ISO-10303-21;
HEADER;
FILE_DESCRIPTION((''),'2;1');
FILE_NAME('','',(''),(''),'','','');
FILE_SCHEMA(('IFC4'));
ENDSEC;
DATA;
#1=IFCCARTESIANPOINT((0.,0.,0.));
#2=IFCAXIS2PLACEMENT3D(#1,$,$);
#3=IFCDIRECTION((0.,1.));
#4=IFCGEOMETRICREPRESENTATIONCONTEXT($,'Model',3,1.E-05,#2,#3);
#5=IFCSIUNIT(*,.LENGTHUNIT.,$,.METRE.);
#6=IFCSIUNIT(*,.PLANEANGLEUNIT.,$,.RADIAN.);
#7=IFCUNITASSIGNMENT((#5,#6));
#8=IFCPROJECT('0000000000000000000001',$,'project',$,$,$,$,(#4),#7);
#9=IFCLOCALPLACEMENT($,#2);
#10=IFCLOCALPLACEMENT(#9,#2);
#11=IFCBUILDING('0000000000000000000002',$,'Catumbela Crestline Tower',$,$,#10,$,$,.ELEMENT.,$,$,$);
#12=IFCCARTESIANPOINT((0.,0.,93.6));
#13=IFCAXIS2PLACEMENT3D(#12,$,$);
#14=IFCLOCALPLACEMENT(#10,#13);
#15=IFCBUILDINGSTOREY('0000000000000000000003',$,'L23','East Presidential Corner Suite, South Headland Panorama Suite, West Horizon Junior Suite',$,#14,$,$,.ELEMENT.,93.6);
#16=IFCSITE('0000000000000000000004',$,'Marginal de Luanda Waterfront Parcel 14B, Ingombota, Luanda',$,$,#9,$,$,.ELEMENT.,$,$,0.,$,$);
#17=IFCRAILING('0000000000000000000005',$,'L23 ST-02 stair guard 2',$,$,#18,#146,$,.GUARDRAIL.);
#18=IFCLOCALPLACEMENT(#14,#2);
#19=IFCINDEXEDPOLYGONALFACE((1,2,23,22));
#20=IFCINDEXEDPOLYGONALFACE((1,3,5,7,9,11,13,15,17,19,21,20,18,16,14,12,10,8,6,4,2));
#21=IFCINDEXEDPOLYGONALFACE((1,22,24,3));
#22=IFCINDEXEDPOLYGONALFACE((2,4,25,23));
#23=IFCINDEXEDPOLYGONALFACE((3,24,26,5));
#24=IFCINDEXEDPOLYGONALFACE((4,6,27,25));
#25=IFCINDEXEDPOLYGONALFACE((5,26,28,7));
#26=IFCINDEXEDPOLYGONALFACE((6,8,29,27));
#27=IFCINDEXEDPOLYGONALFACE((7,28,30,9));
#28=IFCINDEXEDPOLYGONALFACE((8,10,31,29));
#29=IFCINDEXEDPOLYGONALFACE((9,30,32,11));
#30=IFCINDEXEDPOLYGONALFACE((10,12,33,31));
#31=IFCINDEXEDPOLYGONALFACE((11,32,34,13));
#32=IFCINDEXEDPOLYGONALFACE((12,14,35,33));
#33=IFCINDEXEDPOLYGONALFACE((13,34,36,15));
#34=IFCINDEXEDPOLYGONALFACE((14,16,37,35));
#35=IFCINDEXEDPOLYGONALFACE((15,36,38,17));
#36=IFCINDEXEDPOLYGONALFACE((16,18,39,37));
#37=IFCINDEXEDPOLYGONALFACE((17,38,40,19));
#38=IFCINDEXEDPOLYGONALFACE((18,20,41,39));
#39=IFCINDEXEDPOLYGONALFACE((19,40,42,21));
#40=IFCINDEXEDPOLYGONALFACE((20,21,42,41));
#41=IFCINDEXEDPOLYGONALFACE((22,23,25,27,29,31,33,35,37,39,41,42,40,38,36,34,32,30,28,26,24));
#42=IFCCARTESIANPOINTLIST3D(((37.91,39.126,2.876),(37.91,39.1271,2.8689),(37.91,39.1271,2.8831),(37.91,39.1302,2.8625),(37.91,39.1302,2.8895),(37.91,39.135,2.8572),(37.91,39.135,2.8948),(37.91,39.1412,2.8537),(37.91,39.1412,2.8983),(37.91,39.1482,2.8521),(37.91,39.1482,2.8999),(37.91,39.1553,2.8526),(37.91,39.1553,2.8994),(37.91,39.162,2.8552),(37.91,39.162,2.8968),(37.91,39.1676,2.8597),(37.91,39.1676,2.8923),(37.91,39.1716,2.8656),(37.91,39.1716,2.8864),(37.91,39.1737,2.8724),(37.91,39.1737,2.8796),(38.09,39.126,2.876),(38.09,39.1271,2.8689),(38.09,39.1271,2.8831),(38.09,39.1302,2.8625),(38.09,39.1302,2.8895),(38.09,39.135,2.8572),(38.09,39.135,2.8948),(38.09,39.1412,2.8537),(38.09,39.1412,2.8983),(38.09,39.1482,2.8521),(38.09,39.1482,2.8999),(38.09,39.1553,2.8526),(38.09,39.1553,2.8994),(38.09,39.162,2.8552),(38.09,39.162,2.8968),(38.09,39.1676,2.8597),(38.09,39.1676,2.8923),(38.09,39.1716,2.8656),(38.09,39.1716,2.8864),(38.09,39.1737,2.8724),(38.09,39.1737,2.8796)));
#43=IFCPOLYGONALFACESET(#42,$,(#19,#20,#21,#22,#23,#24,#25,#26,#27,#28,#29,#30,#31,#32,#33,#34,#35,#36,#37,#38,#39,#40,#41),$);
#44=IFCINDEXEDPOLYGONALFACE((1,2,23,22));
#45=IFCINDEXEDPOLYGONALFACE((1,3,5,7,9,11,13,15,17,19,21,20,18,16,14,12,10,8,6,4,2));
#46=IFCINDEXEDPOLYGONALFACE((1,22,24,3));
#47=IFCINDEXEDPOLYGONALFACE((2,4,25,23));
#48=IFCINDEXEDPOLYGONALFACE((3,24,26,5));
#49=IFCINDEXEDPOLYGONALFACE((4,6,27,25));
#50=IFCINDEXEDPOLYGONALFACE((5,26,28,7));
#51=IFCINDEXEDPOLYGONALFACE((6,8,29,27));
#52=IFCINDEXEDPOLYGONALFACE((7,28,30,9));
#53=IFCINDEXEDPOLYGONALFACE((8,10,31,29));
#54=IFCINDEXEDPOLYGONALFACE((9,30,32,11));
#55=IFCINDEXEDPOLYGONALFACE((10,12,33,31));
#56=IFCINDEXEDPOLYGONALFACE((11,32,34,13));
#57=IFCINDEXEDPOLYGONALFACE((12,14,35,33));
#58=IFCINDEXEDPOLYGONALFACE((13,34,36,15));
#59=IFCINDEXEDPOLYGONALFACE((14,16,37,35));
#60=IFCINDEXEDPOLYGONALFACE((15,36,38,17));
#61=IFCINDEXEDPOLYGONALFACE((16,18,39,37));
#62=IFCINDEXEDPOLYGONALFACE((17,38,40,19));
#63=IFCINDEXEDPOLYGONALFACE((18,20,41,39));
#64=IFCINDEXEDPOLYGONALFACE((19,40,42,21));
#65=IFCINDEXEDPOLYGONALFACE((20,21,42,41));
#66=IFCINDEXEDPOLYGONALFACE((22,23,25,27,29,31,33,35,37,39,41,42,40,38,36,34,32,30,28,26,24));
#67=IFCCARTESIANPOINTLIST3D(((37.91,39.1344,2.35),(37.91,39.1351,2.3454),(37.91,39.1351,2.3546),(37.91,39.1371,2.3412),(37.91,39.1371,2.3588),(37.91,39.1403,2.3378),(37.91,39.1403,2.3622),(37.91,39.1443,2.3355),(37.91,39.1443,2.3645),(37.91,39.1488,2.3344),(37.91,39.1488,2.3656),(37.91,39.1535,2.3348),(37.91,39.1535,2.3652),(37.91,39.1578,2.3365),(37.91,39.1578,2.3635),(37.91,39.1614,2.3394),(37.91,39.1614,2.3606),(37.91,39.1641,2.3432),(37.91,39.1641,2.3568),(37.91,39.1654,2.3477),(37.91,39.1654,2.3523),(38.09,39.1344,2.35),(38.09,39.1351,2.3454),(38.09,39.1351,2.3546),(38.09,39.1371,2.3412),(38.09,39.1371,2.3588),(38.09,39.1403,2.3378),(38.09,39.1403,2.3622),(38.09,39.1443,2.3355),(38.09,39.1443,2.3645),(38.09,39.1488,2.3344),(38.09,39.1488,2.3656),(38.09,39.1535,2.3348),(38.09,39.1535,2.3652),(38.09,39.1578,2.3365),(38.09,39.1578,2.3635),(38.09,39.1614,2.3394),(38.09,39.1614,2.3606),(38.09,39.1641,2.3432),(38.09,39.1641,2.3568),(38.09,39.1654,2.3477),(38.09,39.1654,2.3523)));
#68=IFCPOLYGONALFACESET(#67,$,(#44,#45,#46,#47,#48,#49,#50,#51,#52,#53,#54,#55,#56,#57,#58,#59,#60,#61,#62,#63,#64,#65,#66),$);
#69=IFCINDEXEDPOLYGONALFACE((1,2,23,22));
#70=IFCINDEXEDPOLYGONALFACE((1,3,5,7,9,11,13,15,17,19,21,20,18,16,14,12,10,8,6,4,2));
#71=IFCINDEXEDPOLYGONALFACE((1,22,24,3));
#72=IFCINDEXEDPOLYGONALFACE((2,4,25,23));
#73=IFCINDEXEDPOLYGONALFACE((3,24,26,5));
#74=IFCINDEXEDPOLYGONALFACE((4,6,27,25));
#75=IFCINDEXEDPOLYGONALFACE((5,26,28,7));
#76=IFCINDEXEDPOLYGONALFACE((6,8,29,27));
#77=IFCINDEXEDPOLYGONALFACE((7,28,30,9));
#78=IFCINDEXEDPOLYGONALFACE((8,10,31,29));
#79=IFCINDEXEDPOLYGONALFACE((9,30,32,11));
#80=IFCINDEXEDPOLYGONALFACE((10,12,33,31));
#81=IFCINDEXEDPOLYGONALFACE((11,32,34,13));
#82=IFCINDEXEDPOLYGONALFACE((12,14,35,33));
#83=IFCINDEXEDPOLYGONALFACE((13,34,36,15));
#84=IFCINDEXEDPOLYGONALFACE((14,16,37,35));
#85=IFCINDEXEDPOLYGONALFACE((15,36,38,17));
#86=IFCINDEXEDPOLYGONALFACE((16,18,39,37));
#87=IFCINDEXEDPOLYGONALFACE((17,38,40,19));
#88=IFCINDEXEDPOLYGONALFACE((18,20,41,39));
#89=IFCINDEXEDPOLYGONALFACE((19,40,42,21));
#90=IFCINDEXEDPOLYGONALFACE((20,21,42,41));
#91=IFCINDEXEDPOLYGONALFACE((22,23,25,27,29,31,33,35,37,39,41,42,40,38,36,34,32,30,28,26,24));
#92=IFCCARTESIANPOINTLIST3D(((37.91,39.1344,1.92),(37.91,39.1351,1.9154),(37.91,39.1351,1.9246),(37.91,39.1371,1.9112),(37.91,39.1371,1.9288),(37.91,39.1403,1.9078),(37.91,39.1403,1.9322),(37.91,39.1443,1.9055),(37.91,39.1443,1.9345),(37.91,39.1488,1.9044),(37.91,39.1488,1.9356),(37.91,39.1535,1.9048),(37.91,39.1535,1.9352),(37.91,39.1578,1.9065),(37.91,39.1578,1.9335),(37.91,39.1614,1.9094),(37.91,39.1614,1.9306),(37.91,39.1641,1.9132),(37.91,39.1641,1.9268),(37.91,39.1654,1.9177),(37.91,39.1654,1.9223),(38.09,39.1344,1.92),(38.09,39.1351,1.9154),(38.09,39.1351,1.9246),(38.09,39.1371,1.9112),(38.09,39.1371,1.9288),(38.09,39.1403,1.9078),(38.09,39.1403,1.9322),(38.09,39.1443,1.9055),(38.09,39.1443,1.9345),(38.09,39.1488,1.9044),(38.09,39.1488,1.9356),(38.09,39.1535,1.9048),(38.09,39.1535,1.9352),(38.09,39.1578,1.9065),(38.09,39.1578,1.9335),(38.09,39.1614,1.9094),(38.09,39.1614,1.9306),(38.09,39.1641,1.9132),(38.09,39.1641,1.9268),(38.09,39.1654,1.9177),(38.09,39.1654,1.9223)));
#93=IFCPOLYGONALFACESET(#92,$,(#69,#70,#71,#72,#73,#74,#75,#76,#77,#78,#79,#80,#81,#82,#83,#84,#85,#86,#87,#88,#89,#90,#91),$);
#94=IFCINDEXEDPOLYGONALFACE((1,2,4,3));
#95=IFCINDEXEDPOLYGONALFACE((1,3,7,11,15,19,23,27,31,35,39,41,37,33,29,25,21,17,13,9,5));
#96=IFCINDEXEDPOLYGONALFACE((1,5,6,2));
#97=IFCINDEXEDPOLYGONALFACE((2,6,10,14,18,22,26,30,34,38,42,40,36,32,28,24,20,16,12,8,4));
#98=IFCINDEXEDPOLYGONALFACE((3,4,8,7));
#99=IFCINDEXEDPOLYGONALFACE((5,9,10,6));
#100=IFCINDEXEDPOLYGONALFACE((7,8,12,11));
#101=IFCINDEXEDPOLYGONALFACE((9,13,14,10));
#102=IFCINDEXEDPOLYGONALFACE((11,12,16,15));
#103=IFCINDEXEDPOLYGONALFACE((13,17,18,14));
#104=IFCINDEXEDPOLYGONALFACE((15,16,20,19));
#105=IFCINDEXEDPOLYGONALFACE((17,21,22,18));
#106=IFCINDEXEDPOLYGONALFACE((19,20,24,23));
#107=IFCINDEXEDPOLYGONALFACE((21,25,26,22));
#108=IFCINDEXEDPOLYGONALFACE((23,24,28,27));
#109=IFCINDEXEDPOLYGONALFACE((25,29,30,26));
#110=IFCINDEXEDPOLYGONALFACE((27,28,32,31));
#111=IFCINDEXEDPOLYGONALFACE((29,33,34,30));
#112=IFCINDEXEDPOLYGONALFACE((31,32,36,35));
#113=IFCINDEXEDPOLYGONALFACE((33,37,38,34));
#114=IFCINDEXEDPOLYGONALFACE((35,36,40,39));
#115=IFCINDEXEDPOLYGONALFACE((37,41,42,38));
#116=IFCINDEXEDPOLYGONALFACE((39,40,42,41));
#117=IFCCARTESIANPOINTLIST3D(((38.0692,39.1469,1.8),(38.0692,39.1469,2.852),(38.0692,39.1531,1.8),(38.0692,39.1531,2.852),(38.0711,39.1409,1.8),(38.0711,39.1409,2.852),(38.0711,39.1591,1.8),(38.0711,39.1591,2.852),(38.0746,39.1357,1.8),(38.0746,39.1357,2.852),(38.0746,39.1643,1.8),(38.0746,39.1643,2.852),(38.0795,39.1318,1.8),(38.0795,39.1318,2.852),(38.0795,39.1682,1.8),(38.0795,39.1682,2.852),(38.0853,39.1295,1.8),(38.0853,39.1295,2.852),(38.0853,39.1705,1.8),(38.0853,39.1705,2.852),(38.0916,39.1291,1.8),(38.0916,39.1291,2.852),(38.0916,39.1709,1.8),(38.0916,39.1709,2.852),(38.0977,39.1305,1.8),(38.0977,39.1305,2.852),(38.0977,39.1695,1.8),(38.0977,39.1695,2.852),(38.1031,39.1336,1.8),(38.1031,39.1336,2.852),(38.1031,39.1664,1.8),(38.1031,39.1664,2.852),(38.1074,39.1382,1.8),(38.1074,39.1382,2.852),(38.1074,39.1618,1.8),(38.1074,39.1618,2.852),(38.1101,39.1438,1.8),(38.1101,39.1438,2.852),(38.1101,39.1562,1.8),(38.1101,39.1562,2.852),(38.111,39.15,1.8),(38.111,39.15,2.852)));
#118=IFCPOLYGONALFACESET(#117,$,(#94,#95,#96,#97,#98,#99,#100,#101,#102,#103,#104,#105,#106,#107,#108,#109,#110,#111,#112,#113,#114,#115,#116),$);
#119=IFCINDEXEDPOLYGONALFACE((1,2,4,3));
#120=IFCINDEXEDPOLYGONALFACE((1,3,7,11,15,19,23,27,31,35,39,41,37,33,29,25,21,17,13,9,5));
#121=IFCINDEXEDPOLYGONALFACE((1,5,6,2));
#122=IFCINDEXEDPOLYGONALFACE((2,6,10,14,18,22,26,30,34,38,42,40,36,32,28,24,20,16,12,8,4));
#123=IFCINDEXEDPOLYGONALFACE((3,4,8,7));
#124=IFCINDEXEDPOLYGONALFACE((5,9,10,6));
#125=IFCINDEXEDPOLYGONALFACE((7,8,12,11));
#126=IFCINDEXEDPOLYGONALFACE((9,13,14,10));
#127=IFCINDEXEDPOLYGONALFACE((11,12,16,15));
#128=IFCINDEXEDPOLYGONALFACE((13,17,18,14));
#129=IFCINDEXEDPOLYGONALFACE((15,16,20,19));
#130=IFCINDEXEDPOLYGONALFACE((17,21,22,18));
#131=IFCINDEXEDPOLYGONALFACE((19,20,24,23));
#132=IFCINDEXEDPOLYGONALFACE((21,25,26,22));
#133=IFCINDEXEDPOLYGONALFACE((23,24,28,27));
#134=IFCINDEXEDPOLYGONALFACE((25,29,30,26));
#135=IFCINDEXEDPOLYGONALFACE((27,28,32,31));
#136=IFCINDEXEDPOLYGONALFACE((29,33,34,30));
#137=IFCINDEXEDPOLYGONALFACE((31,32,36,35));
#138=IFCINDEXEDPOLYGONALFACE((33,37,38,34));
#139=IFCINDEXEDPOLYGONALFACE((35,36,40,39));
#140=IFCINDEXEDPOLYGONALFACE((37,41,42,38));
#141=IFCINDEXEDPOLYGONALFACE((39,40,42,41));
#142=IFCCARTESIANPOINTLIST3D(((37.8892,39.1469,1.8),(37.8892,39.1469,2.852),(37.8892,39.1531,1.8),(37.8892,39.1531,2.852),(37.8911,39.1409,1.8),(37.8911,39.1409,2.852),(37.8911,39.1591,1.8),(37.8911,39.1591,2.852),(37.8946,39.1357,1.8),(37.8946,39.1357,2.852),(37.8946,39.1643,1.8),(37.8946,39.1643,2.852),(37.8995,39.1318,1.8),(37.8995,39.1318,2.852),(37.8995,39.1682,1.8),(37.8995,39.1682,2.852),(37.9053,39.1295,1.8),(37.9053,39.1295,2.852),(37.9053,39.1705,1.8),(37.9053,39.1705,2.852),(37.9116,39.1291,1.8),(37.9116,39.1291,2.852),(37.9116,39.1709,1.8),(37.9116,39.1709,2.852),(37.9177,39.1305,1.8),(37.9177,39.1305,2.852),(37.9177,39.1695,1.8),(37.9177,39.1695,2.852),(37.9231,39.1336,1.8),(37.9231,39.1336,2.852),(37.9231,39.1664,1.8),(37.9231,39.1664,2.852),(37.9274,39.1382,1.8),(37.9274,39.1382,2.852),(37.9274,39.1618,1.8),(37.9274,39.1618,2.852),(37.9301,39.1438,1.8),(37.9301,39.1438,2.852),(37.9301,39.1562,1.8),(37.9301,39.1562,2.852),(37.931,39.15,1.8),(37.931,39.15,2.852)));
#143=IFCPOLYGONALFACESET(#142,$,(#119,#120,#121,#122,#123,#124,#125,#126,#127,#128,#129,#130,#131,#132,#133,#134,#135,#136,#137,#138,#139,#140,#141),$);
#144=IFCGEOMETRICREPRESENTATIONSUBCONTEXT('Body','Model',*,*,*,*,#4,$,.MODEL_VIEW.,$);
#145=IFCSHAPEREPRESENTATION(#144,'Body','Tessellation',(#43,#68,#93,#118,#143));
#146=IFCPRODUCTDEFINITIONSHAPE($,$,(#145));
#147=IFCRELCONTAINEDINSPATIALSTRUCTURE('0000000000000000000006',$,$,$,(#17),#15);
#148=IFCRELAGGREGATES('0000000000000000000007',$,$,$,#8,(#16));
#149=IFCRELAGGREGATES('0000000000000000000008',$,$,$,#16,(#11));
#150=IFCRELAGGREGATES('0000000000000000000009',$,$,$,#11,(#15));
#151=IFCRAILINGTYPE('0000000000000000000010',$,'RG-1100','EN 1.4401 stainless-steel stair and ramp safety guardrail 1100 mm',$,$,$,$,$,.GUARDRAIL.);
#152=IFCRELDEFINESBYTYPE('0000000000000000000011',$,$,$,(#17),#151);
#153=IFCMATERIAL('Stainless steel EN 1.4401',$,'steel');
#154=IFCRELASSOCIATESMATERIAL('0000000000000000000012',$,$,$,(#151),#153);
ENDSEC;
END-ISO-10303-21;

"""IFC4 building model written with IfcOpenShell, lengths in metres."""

from ifc_helpers import new_model, si_unit, direction, frame, origin, origin_2d, place, context, subcontext, project, spatial, circle, extrude, material, type_object, element, save


model = new_model("IFC4")

# Units and contexts
model_context = context("Model", 3, precision=1e-05, world=origin(), true_north=direction((0.0, 1.0)))
body_context = subcontext(model_context, "Body", "Model", "MODEL_VIEW")
ifc_project = project(units=[si_unit("LENGTHUNIT", "METRE"), si_unit("PLANEANGLEUNIT", "RADIAN")], contexts=[model_context])

# Site, building, storey
site_placement = place(None, origin())
site = spatial("IfcSite", under=ifc_project, at=site_placement, Name="Marginal de Luanda Waterfront Parcel 14B, Ingombota, Luanda", CompositionType="ELEMENT", RefElevation=0.0)
building_placement = place(site_placement, origin())
building = spatial("IfcBuilding", under=site, at=building_placement, Name="Catumbela Crestline Tower", CompositionType="ELEMENT")
storey_placement = place(building_placement, frame((0.0, 0.0, 93.6)))
storey = spatial("IfcBuildingStorey", under=building, at=storey_placement, Name="L23", Description="East Presidential Corner Suite, South Headland Panorama Suite, West Horizon Junior Suite", CompositionType="ELEMENT", Elevation=93.6)

# Shared definitions
ifc_material_1 = material(Name="Stainless steel EN 1.4401", Category="steel")

# Railing
railing_type_1 = type_object("IfcRailingType", Name="RG-1100", Description="EN 1.4401 stainless-steel stair and ramp safety guardrail 1100 mm", PredefinedType="GUARDRAIL", material=ifc_material_1)
railing_1_placement = place(storey_placement, frame((38.09, 39.15, 1.8)))
element("IfcRailing", 1, at=railing_1_placement, inside=storey, type_object=railing_type_1, Name="L23 ST-02 stair guard 2", PredefinedType="GUARDRAIL", context=body_context, shape_type="SweptSolid", body=[
    extrude(circle(Radius=0.024, at=origin_2d()), frame((0.0, 0.0, 1.076), z_axis=(-1.0, 0.0, 0.0), x_axis=(0.0, -1.0, 0.0)), (0.0, 0.0, 1.0), 0.18),
    extrude(circle(Radius=0.0156, at=origin_2d()), frame((0.0, 0.0, 0.55), z_axis=(-1.0, 0.0, 0.0), x_axis=(0.0, -1.0, 0.0)), (0.0, 0.0, 1.0), 0.18),
    extrude(circle(Radius=0.0156, at=origin_2d()), frame((0.0, 0.0, 0.12), z_axis=(-1.0, 0.0, 0.0), x_axis=(0.0, -1.0, 0.0)), (0.0, 0.0, 1.0), 0.18),
    extrude(circle(Radius=0.021, at=origin_2d()), origin(), (0.0, 0.0, 1.0), 1.052),
    extrude(circle(Radius=0.021, at=origin_2d()), frame((-0.18, 0.0, 0.0)), (0.0, 0.0, 1.0), 1.052),
])

save(model, "model.ifc")
